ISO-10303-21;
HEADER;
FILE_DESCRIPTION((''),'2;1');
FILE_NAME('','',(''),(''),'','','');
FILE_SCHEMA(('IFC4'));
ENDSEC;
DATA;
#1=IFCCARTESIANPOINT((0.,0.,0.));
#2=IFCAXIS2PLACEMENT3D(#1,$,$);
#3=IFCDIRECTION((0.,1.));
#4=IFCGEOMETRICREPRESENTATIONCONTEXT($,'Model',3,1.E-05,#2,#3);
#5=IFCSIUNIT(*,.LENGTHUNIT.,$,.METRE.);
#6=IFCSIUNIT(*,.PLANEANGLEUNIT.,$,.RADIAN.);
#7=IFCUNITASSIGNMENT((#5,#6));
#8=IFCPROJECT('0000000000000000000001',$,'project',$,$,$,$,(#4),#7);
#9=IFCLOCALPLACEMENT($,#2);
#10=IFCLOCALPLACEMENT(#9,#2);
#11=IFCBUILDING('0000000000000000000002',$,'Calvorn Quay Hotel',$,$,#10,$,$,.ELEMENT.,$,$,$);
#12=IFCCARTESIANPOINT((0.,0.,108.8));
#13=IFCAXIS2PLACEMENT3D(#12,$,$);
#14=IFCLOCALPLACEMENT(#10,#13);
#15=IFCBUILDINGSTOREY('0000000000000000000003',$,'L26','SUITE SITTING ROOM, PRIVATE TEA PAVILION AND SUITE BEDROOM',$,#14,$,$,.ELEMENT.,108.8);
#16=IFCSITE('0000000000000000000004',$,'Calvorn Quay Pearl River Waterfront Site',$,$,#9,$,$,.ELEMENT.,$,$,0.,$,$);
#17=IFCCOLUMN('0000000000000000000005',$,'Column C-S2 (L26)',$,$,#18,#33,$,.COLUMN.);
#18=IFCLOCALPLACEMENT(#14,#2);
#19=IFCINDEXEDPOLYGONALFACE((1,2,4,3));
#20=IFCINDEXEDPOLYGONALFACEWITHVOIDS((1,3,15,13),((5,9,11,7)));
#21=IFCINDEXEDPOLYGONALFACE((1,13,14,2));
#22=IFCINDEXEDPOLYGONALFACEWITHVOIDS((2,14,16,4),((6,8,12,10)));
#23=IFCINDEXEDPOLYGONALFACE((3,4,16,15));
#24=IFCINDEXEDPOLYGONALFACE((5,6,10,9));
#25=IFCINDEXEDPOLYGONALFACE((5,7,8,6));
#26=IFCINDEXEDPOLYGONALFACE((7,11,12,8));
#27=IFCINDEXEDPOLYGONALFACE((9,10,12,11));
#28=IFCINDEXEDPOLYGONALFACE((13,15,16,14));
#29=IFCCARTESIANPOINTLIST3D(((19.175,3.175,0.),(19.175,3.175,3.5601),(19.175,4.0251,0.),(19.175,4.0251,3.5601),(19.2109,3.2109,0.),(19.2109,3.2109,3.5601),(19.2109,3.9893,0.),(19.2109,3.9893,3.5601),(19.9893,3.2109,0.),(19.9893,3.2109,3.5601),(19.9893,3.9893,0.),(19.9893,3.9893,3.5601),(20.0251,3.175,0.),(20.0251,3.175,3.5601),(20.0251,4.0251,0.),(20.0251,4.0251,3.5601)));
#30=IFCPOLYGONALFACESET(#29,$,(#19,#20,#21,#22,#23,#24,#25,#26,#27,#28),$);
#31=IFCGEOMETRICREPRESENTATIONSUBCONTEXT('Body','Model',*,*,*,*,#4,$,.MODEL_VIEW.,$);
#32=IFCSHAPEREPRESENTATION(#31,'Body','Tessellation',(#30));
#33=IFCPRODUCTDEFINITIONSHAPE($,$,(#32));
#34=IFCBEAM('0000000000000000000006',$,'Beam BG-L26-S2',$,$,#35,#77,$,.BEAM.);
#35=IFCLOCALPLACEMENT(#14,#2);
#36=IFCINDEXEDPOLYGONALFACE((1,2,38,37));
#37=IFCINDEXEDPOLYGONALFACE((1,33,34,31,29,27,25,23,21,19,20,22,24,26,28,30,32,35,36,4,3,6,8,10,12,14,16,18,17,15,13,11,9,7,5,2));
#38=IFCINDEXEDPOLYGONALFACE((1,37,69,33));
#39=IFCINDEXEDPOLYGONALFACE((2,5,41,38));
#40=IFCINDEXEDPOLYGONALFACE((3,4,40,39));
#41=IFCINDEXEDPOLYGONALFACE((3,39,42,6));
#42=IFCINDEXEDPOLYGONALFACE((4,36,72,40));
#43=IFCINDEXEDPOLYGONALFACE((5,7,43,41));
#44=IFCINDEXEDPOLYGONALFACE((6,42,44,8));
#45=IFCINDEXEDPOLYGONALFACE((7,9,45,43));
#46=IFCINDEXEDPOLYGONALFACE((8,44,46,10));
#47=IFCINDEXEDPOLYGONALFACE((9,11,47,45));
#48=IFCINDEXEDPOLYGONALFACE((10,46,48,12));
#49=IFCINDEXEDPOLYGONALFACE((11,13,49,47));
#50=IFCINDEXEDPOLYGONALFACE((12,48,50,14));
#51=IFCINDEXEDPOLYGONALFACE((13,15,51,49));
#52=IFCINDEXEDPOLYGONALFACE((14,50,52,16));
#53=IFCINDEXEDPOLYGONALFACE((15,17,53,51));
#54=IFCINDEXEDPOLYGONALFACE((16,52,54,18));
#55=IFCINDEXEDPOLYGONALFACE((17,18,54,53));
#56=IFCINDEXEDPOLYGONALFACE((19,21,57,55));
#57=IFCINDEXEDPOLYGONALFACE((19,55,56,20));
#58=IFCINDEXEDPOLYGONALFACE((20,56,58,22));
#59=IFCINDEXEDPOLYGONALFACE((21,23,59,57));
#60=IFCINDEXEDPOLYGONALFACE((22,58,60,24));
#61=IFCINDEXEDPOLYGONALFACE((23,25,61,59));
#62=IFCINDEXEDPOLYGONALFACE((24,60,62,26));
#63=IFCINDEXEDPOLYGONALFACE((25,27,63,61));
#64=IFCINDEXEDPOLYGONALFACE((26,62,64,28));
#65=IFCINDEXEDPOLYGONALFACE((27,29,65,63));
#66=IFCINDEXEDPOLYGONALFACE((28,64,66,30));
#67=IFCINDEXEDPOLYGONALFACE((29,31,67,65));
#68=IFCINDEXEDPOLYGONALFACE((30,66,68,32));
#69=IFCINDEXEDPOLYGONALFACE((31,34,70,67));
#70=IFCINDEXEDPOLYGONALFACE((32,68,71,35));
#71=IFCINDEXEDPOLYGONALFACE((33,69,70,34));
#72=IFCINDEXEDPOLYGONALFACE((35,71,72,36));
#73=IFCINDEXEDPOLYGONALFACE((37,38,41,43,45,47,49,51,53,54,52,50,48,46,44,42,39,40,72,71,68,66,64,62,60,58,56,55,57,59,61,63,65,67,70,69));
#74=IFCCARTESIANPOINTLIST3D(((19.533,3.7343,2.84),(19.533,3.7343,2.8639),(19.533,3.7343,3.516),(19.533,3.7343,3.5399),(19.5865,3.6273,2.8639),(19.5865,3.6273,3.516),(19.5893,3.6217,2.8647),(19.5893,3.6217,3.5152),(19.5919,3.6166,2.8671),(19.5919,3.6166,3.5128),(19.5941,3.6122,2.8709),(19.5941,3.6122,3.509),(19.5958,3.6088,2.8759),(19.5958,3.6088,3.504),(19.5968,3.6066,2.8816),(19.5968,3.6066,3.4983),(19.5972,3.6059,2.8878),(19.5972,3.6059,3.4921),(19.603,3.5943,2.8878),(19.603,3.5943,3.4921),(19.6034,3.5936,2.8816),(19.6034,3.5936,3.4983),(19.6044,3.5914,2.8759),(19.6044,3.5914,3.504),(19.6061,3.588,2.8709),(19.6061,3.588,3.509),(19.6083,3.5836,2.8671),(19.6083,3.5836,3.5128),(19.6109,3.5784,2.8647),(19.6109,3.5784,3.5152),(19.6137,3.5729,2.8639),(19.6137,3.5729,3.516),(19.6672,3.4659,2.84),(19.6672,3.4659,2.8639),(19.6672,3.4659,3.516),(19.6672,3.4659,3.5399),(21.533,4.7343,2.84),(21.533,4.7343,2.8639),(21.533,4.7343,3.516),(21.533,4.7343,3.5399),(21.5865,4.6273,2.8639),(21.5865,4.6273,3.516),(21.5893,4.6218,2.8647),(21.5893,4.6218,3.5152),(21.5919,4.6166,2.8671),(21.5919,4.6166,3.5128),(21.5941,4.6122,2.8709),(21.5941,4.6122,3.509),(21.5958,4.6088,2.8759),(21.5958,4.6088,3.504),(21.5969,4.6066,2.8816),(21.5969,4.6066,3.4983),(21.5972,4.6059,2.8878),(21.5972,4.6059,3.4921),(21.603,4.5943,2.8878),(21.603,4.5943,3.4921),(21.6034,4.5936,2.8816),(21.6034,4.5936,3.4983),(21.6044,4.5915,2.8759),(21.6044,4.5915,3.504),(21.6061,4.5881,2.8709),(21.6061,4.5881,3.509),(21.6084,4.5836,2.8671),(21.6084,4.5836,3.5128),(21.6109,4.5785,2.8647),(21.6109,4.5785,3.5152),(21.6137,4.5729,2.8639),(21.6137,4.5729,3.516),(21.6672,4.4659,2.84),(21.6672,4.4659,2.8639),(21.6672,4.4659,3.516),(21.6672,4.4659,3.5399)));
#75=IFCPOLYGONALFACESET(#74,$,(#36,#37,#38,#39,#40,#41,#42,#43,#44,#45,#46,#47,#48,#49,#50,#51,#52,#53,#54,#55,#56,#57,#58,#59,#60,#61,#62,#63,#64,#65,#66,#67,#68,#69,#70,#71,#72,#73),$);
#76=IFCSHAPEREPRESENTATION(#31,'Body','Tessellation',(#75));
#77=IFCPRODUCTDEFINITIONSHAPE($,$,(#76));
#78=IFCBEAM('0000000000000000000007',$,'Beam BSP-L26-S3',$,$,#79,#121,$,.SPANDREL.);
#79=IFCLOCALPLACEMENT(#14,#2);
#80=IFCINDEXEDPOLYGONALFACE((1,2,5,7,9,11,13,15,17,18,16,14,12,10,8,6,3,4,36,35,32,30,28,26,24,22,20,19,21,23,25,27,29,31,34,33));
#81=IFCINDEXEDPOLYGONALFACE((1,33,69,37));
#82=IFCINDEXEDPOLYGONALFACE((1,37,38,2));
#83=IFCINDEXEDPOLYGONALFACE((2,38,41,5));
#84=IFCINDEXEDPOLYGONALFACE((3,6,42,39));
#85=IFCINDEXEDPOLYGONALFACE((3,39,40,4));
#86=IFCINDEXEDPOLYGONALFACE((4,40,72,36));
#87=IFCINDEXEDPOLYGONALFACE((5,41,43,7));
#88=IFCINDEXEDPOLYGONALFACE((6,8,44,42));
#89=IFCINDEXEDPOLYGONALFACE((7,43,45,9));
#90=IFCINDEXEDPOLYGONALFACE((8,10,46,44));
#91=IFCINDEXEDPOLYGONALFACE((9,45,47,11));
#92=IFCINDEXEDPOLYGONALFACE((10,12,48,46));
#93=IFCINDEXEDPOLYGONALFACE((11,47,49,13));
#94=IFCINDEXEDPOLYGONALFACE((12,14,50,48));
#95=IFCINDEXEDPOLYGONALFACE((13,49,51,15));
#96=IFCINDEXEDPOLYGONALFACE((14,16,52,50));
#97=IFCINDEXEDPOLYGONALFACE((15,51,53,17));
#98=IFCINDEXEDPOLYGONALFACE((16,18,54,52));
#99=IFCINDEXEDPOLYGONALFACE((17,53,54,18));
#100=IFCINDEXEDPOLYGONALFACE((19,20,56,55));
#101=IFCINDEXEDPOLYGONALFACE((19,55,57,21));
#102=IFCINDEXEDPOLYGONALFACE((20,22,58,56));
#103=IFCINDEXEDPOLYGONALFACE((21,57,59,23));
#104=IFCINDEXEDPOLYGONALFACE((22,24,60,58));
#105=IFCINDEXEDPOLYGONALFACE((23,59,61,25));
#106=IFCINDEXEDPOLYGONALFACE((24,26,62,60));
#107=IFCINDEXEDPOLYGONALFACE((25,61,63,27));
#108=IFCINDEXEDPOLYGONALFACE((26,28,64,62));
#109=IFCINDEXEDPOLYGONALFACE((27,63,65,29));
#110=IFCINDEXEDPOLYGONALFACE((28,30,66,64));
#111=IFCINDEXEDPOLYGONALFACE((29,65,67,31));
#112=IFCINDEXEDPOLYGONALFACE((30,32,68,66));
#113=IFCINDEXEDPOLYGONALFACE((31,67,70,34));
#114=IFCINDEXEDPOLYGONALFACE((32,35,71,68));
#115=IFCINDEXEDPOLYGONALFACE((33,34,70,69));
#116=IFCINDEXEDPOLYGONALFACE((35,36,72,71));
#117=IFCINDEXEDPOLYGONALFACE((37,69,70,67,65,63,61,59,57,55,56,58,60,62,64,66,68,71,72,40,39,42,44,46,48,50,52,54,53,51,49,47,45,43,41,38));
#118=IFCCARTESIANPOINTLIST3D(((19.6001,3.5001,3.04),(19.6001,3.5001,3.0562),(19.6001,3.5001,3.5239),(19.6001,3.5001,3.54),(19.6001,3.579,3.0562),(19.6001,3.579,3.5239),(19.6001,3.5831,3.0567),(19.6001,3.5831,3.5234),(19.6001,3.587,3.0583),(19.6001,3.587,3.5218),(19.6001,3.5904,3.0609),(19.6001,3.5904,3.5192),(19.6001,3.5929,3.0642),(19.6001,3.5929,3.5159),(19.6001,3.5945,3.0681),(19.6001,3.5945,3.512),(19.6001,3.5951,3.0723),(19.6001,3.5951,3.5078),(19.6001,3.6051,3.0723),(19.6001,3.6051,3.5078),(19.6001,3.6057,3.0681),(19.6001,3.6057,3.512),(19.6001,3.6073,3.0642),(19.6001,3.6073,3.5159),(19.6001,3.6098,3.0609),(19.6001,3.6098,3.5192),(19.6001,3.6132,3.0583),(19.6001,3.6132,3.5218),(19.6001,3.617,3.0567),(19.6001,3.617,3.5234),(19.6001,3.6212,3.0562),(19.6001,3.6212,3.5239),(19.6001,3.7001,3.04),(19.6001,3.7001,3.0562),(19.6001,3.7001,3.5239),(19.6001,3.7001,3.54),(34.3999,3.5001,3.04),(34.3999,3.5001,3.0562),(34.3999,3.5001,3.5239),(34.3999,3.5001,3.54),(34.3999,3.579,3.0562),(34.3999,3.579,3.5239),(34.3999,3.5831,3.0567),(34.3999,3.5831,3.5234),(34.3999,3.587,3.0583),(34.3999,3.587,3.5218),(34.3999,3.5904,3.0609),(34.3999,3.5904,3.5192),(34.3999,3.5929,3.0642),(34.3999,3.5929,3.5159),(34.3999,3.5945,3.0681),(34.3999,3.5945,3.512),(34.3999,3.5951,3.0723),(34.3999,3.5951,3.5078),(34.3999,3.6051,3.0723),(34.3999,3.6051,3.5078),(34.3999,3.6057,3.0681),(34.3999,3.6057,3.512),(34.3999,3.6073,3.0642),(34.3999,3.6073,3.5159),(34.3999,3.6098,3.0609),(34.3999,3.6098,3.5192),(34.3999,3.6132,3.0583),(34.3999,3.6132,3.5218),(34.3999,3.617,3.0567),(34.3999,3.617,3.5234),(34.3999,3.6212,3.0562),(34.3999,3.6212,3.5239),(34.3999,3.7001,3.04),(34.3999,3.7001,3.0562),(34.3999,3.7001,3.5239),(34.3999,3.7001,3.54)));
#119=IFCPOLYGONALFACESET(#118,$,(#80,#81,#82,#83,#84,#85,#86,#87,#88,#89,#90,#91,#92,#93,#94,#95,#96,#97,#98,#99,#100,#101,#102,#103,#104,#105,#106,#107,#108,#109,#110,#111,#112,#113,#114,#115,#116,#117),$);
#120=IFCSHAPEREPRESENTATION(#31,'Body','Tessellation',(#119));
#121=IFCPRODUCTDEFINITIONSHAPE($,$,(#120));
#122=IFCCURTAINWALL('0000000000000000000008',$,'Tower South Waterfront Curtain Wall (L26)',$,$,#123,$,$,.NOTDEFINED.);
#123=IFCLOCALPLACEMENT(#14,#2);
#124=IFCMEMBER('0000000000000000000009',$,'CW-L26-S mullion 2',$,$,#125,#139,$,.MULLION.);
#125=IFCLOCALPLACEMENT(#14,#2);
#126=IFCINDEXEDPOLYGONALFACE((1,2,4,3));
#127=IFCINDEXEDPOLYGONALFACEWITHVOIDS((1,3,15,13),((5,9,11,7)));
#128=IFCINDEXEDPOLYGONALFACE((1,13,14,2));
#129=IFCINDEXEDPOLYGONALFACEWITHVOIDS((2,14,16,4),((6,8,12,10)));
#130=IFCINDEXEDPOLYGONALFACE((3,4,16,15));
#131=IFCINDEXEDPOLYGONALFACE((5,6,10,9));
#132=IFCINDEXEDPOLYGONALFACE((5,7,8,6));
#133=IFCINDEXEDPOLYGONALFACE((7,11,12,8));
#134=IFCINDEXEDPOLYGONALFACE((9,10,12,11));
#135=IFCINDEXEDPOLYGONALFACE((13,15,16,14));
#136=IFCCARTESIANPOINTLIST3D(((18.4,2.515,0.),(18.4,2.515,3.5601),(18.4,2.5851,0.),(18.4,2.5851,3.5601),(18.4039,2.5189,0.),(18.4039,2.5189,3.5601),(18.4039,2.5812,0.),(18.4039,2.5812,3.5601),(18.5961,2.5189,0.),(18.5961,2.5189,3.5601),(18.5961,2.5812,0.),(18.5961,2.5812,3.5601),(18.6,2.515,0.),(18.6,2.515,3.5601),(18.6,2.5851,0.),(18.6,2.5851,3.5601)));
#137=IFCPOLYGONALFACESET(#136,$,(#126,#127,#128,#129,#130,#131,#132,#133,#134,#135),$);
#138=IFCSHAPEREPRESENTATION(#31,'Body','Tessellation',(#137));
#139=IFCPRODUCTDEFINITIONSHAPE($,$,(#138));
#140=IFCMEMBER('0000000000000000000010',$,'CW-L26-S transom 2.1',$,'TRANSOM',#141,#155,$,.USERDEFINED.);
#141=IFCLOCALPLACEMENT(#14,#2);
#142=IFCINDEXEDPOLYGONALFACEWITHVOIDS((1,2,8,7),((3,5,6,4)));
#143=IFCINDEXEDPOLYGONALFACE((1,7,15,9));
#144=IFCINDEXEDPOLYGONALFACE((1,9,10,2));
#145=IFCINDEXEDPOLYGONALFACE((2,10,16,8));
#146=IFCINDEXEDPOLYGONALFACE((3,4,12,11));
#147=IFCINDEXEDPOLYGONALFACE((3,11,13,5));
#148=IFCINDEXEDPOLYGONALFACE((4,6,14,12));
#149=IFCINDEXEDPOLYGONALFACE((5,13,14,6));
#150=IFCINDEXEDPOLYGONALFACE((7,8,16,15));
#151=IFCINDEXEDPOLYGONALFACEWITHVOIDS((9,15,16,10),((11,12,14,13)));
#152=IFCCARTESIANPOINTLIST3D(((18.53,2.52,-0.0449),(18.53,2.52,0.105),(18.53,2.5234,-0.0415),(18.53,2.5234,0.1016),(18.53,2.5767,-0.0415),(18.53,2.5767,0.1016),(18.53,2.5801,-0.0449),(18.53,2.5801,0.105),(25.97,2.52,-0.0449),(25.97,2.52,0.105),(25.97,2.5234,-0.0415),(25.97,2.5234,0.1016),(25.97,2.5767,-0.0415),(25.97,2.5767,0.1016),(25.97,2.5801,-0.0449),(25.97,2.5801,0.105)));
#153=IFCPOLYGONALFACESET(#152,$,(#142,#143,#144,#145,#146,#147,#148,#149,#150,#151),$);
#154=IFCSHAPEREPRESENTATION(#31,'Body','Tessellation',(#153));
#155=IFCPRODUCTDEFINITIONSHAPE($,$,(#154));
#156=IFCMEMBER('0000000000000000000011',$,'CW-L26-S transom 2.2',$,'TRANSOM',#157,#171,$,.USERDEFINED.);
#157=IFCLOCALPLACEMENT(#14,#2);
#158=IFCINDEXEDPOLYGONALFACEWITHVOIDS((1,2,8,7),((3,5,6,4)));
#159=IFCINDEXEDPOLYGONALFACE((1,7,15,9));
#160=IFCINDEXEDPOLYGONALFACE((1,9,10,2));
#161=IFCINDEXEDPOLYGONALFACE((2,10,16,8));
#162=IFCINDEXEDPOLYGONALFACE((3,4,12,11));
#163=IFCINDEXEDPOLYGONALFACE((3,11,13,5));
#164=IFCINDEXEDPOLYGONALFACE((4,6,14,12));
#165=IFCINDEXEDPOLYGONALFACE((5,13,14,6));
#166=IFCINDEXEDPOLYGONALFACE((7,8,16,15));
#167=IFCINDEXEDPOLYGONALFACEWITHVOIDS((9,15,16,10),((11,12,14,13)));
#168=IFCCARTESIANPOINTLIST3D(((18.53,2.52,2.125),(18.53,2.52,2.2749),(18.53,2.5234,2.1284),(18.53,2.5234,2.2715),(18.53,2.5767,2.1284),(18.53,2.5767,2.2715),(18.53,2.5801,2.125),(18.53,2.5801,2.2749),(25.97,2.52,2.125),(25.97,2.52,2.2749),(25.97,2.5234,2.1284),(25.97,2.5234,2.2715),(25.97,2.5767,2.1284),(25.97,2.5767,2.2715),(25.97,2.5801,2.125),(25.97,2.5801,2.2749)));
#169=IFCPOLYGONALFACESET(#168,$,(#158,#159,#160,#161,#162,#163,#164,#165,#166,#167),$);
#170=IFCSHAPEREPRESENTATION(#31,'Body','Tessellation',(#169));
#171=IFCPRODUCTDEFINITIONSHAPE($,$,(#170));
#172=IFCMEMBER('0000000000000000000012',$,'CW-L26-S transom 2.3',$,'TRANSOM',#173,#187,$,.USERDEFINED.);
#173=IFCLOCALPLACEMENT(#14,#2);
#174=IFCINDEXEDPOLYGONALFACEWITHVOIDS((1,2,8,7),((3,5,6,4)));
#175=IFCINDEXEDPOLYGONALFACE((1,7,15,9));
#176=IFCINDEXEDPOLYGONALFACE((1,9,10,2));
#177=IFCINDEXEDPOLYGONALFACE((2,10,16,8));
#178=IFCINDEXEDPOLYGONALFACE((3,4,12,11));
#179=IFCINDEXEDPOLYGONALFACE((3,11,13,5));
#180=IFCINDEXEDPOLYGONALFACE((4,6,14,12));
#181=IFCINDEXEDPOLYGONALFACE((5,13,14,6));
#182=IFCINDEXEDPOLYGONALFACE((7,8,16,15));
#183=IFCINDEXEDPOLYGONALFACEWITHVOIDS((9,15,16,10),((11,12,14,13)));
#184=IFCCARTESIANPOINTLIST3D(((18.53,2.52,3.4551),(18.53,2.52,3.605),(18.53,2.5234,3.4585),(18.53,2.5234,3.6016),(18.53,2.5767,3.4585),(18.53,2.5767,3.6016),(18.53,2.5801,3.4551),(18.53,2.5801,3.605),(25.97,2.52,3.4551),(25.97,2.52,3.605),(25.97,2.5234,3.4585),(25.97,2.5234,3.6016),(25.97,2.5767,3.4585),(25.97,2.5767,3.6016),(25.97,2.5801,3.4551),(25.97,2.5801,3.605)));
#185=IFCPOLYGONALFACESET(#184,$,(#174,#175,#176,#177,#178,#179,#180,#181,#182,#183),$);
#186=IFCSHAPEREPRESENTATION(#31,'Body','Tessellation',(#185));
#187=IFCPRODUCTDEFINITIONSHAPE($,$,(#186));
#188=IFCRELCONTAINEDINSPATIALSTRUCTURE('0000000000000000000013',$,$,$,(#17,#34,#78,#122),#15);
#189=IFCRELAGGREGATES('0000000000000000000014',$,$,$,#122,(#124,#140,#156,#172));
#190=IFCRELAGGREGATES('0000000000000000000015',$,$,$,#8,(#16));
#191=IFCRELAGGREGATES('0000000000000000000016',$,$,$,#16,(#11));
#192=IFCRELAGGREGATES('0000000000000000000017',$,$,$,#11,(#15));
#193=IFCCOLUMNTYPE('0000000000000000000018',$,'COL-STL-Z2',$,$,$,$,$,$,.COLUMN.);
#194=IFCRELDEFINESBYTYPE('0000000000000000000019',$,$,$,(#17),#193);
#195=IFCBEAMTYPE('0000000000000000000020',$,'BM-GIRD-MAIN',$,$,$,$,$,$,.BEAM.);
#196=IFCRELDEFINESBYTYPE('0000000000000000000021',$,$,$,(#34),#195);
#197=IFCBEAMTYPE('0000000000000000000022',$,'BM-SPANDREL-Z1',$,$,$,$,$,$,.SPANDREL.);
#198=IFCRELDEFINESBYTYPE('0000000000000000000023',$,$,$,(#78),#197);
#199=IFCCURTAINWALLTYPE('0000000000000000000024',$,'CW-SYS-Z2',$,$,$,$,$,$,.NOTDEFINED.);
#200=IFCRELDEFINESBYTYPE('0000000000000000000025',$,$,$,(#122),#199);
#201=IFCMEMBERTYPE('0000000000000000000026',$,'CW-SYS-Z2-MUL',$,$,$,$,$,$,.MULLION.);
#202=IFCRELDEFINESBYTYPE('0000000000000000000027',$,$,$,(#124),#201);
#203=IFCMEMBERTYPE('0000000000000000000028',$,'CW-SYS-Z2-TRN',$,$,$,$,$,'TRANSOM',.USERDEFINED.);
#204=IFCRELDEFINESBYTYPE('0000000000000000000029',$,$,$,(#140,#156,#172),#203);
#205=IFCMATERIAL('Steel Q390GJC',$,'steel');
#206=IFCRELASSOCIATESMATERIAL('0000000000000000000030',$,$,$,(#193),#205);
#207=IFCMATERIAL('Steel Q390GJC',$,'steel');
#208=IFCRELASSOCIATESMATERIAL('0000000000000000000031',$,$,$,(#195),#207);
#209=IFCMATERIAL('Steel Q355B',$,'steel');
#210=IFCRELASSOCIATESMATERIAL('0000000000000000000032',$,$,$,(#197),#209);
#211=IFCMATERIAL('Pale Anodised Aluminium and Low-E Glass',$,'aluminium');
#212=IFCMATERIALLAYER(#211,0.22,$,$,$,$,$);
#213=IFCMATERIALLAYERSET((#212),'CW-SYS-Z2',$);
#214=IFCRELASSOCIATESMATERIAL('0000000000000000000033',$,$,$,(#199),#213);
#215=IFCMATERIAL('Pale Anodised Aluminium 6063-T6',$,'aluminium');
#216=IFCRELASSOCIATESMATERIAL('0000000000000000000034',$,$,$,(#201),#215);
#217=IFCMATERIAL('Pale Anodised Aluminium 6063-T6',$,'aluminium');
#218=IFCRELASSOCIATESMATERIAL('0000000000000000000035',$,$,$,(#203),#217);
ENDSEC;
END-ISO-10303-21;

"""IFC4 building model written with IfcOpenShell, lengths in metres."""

from ifc_helpers import new_model, si_unit, direction, frame, origin, origin_2d, place, context, subcontext, project, spatial, hollow_rectangle, i_section, extrude, material, layer, layer_set, material_profile, profile_set, type_object, element, aggregate, save


model = new_model("IFC4")

# Units and contexts
model_context = context("Model", 3, precision=1e-05, world=origin(), true_north=direction((0.0, 1.0)))
body_context = subcontext(model_context, "Body", "Model", "MODEL_VIEW")
ifc_project = project(units=[si_unit("LENGTHUNIT", "METRE"), si_unit("PLANEANGLEUNIT", "RADIAN")], contexts=[model_context])

# Site, building, storey
site_placement = place(None, origin())
site = spatial("IfcSite", under=ifc_project, at=site_placement, Name="Calvorn Quay Pearl River Waterfront Site", CompositionType="ELEMENT", RefElevation=0.0)
building_placement = place(site_placement, origin())
building = spatial("IfcBuilding", under=site, at=building_placement, Name="Calvorn Quay Hotel", CompositionType="ELEMENT")
storey_placement = place(building_placement, frame((0.0, 0.0, 108.8)))
storey = spatial("IfcBuildingStorey", under=building, at=storey_placement, Name="L26", Description="SUITE SITTING ROOM, PRIVATE TEA PAVILION AND SUITE BEDROOM", CompositionType="ELEMENT", Elevation=108.8)

# Column
ifc_material_1 = material(Name="Steel Q390GJC", Category="steel")
ifc_material_profile_1 = material_profile(ifc_material_1, hollow_rectangle(XDim=0.8501, YDim=0.8501, WallThickness=0.0359, at=origin_2d()), Name="BOX850x850x36")
ifc_profile_set_1 = profile_set([ifc_material_profile_1], Name="Steel Q390GJC")
column_type = type_object("IfcColumnType", Name="COL-STL-Z2", PredefinedType="COLUMN", material=ifc_profile_set_1)
column_placement = place(storey_placement, frame((19.6001, 3.6001, 0.0), z_axis=(0.0, 0.0, 1.0), x_axis=(1.0, 0.0, 0.0)))
element("IfcColumn", 1, at=column_placement, inside=storey, type_object=column_type, Name="Column C-S2 (L26)", PredefinedType="COLUMN", context=body_context, shape_type="SweptSolid", body=[
    extrude(hollow_rectangle(XDim=0.8501, YDim=0.8501, WallThickness=0.0359, at=origin_2d()), origin(), (0.0, 0.0, 1.0), 3.5601),
])

# Beams
ifc_material_2 = material(Name="Steel Q390GJC", Category="steel")
ifc_material_profile_2 = material_profile(ifc_material_2, i_section(OverallWidth=0.3, OverallDepth=0.7, WebThickness=0.0129, FlangeThickness=0.0239, FilletRadius=0.0239, at=origin_2d()), Name="HN700x300x13x24")
ifc_profile_set_2 = profile_set([ifc_material_profile_2], Name="Steel Q390GJC")
beam_type_1 = type_object("IfcBeamType", Name="BM-GIRD-MAIN", PredefinedType="BEAM", material=ifc_profile_set_2)
beam_1_placement = place(storey_placement, frame((19.6001, 3.6001, 3.1899), z_axis=(0.894427, 0.447214, 0.0), x_axis=(-0.447214, 0.894427, 0.0)))
element("IfcBeam", 2, at=beam_1_placement, inside=storey, type_object=beam_type_1, Name="Beam BG-L26-S2", PredefinedType="BEAM", context=body_context, shape_type="SweptSolid", body=[
    extrude(i_section(OverallWidth=0.3, OverallDepth=0.7, WebThickness=0.0129, FlangeThickness=0.0239, FilletRadius=0.0239, at=origin_2d()), origin(), (0.0, 0.0, 1.0), 2.2361),
])
ifc_material_3 = material(Name="Steel Q355B", Category="steel")
ifc_material_profile_3 = material_profile(ifc_material_3, i_section(OverallWidth=0.2, OverallDepth=0.5, WebThickness=0.01, FlangeThickness=0.0161, FilletRadius=0.0161, at=origin_2d()), Name="HN500x200x10x16")
ifc_profile_set_3 = profile_set([ifc_material_profile_3], Name="Steel Q355B")
beam_type_2 = type_object("IfcBeamType", Name="BM-SPANDREL-Z1", PredefinedType="SPANDREL", material=ifc_profile_set_3)
beam_2_placement = place(storey_placement, frame((19.6001, 3.6001, 3.29), z_axis=(1.0, 0.0, 0.0), x_axis=(0.0, 1.0, 0.0)))
element("IfcBeam", 3, at=beam_2_placement, inside=storey, type_object=beam_type_2, Name="Beam BSP-L26-S3", PredefinedType="SPANDREL", context=body_context, shape_type="SweptSolid", body=[
    extrude(i_section(OverallWidth=0.2, OverallDepth=0.5, WebThickness=0.01, FlangeThickness=0.0161, FilletRadius=0.0161, at=origin_2d()), origin(), (0.0, 0.0, 1.0), 14.7998),
])

# Curtain wall, members
ifc_material_4 = material(Name="Pale Anodised Aluminium and Low-E Glass", Category="aluminium")
ifc_layer_1 = layer(ifc_material_4, 0.22)
ifc_layer_set_1 = layer_set([ifc_layer_1], Name="CW-SYS-Z2")
curtain_wall_type = type_object("IfcCurtainWallType", Name="CW-SYS-Z2", PredefinedType="NOTDEFINED", material=ifc_layer_set_1)
curtain_wall_placement = place(storey_placement, origin())
curtain_wall = element("IfcCurtainWall", 4, at=curtain_wall_placement, inside=storey, type_object=curtain_wall_type, Name="Tower South Waterfront Curtain Wall (L26)", PredefinedType="NOTDEFINED")
ifc_material_5 = material(Name="Pale Anodised Aluminium 6063-T6", Category="aluminium")
ifc_material_profile_4 = material_profile(ifc_material_5, hollow_rectangle(XDim=0.0701, YDim=0.2, WallThickness=0.0039, at=origin_2d()), Name="ALU-M200x70x4")
ifc_profile_set_4 = profile_set([ifc_material_profile_4], Name="Pale Anodised Aluminium 6063-T6")
member_type_1 = type_object("IfcMemberType", Name="CW-SYS-Z2-MUL", PredefinedType="MULLION", material=ifc_profile_set_4)
member_1_placement = place(storey_placement, frame((18.5, 2.55, 0.0), z_axis=(0.0, 0.0, 1.0), x_axis=(0.0, 1.0, 0.0)))
member_1 = element("IfcMember", 5, at=member_1_placement, type_object=member_type_1, Name="CW-L26-S mullion 2", PredefinedType="MULLION", context=body_context, shape_type="SweptSolid", body=[
    extrude(hollow_rectangle(XDim=0.0701, YDim=0.2, WallThickness=0.0039, at=origin_2d()), origin(), (0.0, 0.0, 1.0), 3.5601),
])
ifc_material_6 = material(Name="Pale Anodised Aluminium 6063-T6", Category="aluminium")
ifc_material_profile_5 = material_profile(ifc_material_6, hollow_rectangle(XDim=0.0601, YDim=0.1499, WallThickness=0.0034, at=origin_2d()), Name="ALU-T150x60x3.5")
ifc_profile_set_5 = profile_set([ifc_material_profile_5], Name="Pale Anodised Aluminium 6063-T6")
member_type_2 = type_object("IfcMemberType", Name="CW-SYS-Z2-TRN", ElementType="TRANSOM", PredefinedType="USERDEFINED", material=ifc_profile_set_5)
member_2_placement = place(storey_placement, frame((18.53, 2.55, 0.03), z_axis=(1.0, 0.0, 0.0), x_axis=(0.0, 1.0, 0.0)))
member_2 = element("IfcMember", 6, at=member_2_placement, type_object=member_type_2, Name="CW-L26-S transom 2.1", ObjectType="TRANSOM", PredefinedType="USERDEFINED", context=body_context, shape_type="SweptSolid", body=[
    extrude(hollow_rectangle(XDim=0.0601, YDim=0.1499, WallThickness=0.0034, at=origin_2d()), origin(), (0.0, 0.0, 1.0), 7.4399),
])
member_3_placement = place(storey_placement, frame((18.53, 2.55, 2.2), z_axis=(1.0, 0.0, 0.0), x_axis=(0.0, 1.0, 0.0)))
member_3 = element("IfcMember", 7, at=member_3_placement, type_object=member_type_2, Name="CW-L26-S transom 2.2", ObjectType="TRANSOM", PredefinedType="USERDEFINED", context=body_context, shape_type="SweptSolid", body=[
    extrude(hollow_rectangle(XDim=0.0601, YDim=0.1499, WallThickness=0.0034, at=origin_2d()), origin(), (0.0, 0.0, 1.0), 7.4399),
])
member_4_placement = place(storey_placement, frame((18.53, 2.55, 3.53), z_axis=(1.0, 0.0, 0.0), x_axis=(0.0, 1.0, 0.0)))
member_4 = element("IfcMember", 8, at=member_4_placement, type_object=member_type_2, Name="CW-L26-S transom 2.3", ObjectType="TRANSOM", PredefinedType="USERDEFINED", context=body_context, shape_type="SweptSolid", body=[
    extrude(hollow_rectangle(XDim=0.0601, YDim=0.1499, WallThickness=0.0034, at=origin_2d()), origin(), (0.0, 0.0, 1.0), 7.4399),
])
aggregate(curtain_wall, [member_1, member_2, member_3, member_4])

save(model, "model.ifc")
